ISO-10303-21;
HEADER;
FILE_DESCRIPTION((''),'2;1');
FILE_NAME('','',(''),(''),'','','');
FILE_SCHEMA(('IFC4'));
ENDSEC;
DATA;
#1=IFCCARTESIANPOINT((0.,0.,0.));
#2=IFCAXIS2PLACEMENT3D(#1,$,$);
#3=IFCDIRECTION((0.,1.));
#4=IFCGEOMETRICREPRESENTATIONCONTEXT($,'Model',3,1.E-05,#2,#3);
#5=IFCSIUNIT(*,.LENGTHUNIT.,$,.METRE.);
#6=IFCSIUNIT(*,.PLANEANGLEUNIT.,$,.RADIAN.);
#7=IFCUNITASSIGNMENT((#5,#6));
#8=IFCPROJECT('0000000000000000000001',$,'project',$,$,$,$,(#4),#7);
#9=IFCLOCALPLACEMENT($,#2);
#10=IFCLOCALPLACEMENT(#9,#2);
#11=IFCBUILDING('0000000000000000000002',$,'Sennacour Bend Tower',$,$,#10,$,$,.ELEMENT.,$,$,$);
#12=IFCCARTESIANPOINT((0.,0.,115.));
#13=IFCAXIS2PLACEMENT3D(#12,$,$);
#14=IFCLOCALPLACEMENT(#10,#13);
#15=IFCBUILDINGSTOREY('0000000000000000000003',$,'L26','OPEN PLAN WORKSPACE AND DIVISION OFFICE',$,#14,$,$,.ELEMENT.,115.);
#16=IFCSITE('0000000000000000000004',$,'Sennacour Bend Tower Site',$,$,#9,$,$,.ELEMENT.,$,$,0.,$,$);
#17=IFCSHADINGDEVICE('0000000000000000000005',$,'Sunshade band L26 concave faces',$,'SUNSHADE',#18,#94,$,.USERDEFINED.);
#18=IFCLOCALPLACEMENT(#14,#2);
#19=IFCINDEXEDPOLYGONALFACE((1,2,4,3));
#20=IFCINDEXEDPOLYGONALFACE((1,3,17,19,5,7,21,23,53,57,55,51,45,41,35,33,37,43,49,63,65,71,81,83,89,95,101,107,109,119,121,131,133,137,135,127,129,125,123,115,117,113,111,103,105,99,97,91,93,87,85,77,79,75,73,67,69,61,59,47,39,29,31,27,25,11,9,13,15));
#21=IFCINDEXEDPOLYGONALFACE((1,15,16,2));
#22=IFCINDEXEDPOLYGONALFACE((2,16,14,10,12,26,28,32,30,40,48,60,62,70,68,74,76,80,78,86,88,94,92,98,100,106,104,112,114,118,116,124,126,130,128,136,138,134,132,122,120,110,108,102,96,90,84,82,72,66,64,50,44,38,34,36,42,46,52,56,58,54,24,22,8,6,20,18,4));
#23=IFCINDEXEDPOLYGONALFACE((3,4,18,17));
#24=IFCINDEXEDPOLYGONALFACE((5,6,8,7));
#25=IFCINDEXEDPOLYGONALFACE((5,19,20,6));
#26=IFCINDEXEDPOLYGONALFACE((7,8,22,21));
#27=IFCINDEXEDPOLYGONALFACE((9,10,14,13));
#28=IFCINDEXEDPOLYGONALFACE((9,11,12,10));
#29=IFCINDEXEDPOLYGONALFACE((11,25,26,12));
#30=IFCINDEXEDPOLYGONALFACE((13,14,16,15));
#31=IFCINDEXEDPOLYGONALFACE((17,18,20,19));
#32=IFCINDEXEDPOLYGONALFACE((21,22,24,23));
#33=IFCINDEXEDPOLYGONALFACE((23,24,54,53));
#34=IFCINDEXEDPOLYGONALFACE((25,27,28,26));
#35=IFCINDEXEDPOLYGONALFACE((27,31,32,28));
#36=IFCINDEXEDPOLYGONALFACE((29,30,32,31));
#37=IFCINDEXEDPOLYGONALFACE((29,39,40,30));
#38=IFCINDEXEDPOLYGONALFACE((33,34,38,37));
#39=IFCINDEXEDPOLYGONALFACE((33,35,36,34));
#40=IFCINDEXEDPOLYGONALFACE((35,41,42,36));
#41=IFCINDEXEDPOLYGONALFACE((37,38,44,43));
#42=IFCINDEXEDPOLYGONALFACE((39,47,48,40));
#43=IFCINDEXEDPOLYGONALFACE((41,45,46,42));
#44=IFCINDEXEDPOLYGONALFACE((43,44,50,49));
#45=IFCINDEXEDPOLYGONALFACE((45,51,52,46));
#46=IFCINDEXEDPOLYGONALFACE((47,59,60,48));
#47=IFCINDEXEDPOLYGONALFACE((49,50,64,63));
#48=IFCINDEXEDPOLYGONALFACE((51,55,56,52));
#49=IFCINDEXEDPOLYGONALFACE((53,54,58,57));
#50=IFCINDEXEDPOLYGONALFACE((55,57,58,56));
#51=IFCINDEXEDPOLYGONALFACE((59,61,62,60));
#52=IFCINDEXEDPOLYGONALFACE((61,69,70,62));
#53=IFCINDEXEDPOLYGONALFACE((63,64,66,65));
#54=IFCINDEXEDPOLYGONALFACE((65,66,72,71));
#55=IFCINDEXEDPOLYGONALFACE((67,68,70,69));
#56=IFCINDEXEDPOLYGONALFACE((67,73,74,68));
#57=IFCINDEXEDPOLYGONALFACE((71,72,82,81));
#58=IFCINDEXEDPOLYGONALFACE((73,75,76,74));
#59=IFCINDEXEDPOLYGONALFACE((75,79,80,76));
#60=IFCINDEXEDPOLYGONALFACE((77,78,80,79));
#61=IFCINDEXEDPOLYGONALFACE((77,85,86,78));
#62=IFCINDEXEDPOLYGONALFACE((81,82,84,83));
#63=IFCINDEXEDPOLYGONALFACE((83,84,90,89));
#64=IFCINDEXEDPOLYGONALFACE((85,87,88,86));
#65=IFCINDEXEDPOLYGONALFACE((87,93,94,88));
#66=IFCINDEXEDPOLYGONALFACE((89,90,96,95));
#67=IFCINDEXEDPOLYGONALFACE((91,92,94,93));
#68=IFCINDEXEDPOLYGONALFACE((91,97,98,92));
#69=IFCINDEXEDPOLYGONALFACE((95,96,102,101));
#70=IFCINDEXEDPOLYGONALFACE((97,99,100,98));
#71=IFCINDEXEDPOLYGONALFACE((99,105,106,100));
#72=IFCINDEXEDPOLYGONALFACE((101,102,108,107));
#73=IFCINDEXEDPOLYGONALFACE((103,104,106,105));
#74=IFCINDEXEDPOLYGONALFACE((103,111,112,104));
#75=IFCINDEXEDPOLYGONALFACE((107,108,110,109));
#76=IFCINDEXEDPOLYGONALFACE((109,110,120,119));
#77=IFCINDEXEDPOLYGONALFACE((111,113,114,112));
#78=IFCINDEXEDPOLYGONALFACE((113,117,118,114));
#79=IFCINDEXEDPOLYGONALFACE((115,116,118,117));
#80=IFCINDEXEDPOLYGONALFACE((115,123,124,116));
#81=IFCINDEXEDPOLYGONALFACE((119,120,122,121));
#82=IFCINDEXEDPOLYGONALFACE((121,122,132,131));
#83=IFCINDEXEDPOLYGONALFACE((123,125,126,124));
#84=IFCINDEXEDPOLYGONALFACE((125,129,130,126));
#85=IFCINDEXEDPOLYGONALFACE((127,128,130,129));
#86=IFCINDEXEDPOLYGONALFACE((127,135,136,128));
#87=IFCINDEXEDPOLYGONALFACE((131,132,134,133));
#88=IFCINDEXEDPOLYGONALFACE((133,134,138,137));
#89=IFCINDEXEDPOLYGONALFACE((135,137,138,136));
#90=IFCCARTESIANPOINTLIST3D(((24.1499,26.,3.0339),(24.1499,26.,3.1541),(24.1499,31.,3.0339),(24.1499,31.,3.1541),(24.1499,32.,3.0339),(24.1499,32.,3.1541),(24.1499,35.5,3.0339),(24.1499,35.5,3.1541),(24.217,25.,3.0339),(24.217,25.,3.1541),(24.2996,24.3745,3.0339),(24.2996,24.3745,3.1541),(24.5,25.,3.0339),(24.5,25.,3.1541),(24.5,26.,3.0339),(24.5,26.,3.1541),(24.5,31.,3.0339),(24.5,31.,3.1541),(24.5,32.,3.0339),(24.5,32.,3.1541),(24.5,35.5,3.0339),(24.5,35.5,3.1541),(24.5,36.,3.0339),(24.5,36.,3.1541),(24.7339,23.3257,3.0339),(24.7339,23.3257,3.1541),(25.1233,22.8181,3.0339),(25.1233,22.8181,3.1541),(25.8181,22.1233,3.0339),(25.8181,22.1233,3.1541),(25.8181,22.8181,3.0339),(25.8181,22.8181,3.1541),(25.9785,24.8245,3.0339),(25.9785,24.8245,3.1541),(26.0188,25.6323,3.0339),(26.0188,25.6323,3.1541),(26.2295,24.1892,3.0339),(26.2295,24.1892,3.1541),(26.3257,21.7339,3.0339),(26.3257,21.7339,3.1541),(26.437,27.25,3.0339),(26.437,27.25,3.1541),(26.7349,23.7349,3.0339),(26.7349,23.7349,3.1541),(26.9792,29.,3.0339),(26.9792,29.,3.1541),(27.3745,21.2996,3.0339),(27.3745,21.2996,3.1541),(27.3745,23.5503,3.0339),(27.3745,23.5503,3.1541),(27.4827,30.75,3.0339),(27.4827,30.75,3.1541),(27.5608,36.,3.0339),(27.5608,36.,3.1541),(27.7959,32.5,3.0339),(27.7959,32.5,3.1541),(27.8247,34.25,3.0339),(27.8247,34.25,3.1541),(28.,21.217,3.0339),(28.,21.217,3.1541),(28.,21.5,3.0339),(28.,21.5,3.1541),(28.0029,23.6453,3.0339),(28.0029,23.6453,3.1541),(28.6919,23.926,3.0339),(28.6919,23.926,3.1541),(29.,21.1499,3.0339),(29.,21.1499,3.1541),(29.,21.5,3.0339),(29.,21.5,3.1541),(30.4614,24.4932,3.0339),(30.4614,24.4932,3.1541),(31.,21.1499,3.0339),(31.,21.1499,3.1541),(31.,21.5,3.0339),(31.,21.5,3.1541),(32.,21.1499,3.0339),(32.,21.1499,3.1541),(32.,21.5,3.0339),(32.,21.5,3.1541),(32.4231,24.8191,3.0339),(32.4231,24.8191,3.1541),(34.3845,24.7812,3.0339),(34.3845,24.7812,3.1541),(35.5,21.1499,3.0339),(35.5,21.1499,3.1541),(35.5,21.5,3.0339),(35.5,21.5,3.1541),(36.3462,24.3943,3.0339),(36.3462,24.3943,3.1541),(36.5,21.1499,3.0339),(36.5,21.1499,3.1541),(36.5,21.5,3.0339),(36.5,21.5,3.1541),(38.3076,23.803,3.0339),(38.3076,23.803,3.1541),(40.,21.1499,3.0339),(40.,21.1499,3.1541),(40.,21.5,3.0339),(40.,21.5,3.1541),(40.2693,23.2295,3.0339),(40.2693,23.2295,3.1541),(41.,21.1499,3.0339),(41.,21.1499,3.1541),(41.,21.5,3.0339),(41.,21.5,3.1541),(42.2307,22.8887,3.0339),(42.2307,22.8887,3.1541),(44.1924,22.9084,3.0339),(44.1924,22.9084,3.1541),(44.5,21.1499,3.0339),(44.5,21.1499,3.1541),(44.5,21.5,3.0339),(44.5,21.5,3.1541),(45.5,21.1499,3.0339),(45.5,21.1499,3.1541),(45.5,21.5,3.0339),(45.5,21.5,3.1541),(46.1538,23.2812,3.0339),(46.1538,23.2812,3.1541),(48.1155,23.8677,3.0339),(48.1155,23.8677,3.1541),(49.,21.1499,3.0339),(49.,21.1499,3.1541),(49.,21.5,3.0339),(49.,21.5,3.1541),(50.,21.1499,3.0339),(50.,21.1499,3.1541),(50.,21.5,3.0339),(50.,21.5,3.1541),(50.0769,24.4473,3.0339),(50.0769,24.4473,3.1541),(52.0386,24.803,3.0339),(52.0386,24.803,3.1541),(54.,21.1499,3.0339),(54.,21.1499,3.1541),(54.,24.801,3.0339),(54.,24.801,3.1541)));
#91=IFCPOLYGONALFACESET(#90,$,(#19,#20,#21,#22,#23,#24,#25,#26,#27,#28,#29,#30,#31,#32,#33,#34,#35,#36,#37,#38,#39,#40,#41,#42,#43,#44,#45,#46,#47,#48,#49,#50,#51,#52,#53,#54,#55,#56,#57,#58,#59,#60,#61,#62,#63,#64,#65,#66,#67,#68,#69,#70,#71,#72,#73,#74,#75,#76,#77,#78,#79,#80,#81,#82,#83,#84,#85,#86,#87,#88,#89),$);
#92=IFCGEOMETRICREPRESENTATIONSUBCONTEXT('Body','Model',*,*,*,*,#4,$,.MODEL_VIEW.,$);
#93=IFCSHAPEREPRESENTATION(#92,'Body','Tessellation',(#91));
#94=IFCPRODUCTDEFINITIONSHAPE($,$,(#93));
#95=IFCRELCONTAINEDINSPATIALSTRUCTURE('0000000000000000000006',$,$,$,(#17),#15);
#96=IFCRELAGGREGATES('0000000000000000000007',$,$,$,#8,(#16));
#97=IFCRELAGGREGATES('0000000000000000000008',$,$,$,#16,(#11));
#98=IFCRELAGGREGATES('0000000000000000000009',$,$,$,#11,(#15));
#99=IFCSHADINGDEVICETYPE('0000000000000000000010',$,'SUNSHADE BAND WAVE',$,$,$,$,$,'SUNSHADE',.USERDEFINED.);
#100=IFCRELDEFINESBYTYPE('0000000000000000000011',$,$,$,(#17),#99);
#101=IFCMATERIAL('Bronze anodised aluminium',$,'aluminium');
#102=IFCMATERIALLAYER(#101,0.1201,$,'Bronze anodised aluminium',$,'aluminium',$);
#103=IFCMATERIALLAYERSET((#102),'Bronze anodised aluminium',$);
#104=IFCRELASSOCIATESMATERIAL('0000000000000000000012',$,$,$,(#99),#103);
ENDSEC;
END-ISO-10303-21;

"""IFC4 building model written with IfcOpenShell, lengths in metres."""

from ifc_helpers import new_model, si_unit, direction, frame, origin, place, context, subcontext, project, spatial, polyline, outline, extrude, material, layer, layer_set, type_object, element, save


model = new_model("IFC4")

# Units and contexts
model_context = context("Model", 3, precision=1e-05, world=origin(), true_north=direction((0.0, 1.0)))
body_context = subcontext(model_context, "Body", "Model", "MODEL_VIEW")
ifc_project = project(units=[si_unit("LENGTHUNIT", "METRE"), si_unit("PLANEANGLEUNIT", "RADIAN")], contexts=[model_context])

# Site, building, storey
site_placement = place(None, origin())
site = spatial("IfcSite", under=ifc_project, at=site_placement, Name="Sennacour Bend Tower Site", CompositionType="ELEMENT", RefElevation=0.0)
building_placement = place(site_placement, origin())
building = spatial("IfcBuilding", under=site, at=building_placement, Name="Sennacour Bend Tower", CompositionType="ELEMENT")
storey_placement = place(building_placement, frame((0.0, 0.0, 115.0)))
storey = spatial("IfcBuildingStorey", under=building, at=storey_placement, Name="L26", Description="OPEN PLAN WORKSPACE AND DIVISION OFFICE", CompositionType="ELEMENT", Elevation=115.0)

# Shading device
ifc_material_1 = material(Name="Bronze anodised aluminium", Category="aluminium")
ifc_layer_1 = layer(ifc_material_1, 0.1201, Name="Bronze anodised aluminium", Category="aluminium")
ifc_layer_set_1 = layer_set([ifc_layer_1], Name="Bronze anodised aluminium")
shading_device_type_1 = type_object("IfcShadingDeviceType", Name="SUNSHADE BAND WAVE", ElementType="SUNSHADE", PredefinedType="USERDEFINED", material=ifc_layer_set_1)
shading_device_1_placement = place(storey_placement, frame((0.0, 0.0, 3.0339)))
element("IfcShadingDevice", 1, at=shading_device_1_placement, inside=storey, type_object=shading_device_type_1, Name="Sunshade band L26 concave faces", ObjectType="SUNSHADE", PredefinedType="USERDEFINED", context=body_context, shape_type="SweptSolid", body=[
    extrude(outline(polyline([(54.0, 21.1499), (50.0, 21.1499), (50.0, 21.5), (49.0, 21.5), (49.0, 21.1499), (45.5, 21.1499), (45.5, 21.5), (44.5, 21.5), (44.5, 21.1499), (41.0, 21.1499), (41.0, 21.5), (40.0, 21.5), (40.0, 21.1499), (36.5, 21.1499), (36.5, 21.5), (35.5, 21.5), (35.5, 21.1499), (32.0, 21.1499), (32.0, 21.5), (31.0, 21.5), (31.0, 21.1499), (29.0, 21.1499), (29.0, 21.5), (28.0, 21.5), (28.0, 21.217), (27.3745, 21.2996), (26.3257, 21.7339), (25.8181, 22.1233), (25.8181, 22.8181), (25.1233, 22.8181), (24.7339, 23.3257), (24.2996, 24.3745), (24.217, 25.0), (24.5, 25.0), (24.5, 26.0), (24.1499, 26.0), (24.1499, 31.0), (24.5, 31.0), (24.5, 32.0), (24.1499, 32.0), (24.1499, 35.5), (24.5, 35.5), (24.5, 36.0), (27.5608, 36.0), (27.8247, 34.25), (27.7959, 32.5), (27.4827, 30.75), (26.9792, 29.0), (26.437, 27.25), (26.0188, 25.6323), (25.9785, 24.8245), (26.2295, 24.1892), (26.7349, 23.7349), (27.3745, 23.5503), (28.0029, 23.6453), (28.6919, 23.926), (30.4614, 24.4932), (32.4231, 24.8191), (34.3845, 24.7812), (36.3462, 24.3943), (38.3076, 23.803), (40.2693, 23.2295), (42.2307, 22.8887), (44.1924, 22.9084), (46.1538, 23.2812), (48.1155, 23.8677), (50.0769, 24.4473), (52.0386, 24.803), (54.0, 24.801), (54.0, 21.1499)])), origin(), (0.0, 0.0, 1.0), 0.1201),
])

save(model, "model.ifc")
